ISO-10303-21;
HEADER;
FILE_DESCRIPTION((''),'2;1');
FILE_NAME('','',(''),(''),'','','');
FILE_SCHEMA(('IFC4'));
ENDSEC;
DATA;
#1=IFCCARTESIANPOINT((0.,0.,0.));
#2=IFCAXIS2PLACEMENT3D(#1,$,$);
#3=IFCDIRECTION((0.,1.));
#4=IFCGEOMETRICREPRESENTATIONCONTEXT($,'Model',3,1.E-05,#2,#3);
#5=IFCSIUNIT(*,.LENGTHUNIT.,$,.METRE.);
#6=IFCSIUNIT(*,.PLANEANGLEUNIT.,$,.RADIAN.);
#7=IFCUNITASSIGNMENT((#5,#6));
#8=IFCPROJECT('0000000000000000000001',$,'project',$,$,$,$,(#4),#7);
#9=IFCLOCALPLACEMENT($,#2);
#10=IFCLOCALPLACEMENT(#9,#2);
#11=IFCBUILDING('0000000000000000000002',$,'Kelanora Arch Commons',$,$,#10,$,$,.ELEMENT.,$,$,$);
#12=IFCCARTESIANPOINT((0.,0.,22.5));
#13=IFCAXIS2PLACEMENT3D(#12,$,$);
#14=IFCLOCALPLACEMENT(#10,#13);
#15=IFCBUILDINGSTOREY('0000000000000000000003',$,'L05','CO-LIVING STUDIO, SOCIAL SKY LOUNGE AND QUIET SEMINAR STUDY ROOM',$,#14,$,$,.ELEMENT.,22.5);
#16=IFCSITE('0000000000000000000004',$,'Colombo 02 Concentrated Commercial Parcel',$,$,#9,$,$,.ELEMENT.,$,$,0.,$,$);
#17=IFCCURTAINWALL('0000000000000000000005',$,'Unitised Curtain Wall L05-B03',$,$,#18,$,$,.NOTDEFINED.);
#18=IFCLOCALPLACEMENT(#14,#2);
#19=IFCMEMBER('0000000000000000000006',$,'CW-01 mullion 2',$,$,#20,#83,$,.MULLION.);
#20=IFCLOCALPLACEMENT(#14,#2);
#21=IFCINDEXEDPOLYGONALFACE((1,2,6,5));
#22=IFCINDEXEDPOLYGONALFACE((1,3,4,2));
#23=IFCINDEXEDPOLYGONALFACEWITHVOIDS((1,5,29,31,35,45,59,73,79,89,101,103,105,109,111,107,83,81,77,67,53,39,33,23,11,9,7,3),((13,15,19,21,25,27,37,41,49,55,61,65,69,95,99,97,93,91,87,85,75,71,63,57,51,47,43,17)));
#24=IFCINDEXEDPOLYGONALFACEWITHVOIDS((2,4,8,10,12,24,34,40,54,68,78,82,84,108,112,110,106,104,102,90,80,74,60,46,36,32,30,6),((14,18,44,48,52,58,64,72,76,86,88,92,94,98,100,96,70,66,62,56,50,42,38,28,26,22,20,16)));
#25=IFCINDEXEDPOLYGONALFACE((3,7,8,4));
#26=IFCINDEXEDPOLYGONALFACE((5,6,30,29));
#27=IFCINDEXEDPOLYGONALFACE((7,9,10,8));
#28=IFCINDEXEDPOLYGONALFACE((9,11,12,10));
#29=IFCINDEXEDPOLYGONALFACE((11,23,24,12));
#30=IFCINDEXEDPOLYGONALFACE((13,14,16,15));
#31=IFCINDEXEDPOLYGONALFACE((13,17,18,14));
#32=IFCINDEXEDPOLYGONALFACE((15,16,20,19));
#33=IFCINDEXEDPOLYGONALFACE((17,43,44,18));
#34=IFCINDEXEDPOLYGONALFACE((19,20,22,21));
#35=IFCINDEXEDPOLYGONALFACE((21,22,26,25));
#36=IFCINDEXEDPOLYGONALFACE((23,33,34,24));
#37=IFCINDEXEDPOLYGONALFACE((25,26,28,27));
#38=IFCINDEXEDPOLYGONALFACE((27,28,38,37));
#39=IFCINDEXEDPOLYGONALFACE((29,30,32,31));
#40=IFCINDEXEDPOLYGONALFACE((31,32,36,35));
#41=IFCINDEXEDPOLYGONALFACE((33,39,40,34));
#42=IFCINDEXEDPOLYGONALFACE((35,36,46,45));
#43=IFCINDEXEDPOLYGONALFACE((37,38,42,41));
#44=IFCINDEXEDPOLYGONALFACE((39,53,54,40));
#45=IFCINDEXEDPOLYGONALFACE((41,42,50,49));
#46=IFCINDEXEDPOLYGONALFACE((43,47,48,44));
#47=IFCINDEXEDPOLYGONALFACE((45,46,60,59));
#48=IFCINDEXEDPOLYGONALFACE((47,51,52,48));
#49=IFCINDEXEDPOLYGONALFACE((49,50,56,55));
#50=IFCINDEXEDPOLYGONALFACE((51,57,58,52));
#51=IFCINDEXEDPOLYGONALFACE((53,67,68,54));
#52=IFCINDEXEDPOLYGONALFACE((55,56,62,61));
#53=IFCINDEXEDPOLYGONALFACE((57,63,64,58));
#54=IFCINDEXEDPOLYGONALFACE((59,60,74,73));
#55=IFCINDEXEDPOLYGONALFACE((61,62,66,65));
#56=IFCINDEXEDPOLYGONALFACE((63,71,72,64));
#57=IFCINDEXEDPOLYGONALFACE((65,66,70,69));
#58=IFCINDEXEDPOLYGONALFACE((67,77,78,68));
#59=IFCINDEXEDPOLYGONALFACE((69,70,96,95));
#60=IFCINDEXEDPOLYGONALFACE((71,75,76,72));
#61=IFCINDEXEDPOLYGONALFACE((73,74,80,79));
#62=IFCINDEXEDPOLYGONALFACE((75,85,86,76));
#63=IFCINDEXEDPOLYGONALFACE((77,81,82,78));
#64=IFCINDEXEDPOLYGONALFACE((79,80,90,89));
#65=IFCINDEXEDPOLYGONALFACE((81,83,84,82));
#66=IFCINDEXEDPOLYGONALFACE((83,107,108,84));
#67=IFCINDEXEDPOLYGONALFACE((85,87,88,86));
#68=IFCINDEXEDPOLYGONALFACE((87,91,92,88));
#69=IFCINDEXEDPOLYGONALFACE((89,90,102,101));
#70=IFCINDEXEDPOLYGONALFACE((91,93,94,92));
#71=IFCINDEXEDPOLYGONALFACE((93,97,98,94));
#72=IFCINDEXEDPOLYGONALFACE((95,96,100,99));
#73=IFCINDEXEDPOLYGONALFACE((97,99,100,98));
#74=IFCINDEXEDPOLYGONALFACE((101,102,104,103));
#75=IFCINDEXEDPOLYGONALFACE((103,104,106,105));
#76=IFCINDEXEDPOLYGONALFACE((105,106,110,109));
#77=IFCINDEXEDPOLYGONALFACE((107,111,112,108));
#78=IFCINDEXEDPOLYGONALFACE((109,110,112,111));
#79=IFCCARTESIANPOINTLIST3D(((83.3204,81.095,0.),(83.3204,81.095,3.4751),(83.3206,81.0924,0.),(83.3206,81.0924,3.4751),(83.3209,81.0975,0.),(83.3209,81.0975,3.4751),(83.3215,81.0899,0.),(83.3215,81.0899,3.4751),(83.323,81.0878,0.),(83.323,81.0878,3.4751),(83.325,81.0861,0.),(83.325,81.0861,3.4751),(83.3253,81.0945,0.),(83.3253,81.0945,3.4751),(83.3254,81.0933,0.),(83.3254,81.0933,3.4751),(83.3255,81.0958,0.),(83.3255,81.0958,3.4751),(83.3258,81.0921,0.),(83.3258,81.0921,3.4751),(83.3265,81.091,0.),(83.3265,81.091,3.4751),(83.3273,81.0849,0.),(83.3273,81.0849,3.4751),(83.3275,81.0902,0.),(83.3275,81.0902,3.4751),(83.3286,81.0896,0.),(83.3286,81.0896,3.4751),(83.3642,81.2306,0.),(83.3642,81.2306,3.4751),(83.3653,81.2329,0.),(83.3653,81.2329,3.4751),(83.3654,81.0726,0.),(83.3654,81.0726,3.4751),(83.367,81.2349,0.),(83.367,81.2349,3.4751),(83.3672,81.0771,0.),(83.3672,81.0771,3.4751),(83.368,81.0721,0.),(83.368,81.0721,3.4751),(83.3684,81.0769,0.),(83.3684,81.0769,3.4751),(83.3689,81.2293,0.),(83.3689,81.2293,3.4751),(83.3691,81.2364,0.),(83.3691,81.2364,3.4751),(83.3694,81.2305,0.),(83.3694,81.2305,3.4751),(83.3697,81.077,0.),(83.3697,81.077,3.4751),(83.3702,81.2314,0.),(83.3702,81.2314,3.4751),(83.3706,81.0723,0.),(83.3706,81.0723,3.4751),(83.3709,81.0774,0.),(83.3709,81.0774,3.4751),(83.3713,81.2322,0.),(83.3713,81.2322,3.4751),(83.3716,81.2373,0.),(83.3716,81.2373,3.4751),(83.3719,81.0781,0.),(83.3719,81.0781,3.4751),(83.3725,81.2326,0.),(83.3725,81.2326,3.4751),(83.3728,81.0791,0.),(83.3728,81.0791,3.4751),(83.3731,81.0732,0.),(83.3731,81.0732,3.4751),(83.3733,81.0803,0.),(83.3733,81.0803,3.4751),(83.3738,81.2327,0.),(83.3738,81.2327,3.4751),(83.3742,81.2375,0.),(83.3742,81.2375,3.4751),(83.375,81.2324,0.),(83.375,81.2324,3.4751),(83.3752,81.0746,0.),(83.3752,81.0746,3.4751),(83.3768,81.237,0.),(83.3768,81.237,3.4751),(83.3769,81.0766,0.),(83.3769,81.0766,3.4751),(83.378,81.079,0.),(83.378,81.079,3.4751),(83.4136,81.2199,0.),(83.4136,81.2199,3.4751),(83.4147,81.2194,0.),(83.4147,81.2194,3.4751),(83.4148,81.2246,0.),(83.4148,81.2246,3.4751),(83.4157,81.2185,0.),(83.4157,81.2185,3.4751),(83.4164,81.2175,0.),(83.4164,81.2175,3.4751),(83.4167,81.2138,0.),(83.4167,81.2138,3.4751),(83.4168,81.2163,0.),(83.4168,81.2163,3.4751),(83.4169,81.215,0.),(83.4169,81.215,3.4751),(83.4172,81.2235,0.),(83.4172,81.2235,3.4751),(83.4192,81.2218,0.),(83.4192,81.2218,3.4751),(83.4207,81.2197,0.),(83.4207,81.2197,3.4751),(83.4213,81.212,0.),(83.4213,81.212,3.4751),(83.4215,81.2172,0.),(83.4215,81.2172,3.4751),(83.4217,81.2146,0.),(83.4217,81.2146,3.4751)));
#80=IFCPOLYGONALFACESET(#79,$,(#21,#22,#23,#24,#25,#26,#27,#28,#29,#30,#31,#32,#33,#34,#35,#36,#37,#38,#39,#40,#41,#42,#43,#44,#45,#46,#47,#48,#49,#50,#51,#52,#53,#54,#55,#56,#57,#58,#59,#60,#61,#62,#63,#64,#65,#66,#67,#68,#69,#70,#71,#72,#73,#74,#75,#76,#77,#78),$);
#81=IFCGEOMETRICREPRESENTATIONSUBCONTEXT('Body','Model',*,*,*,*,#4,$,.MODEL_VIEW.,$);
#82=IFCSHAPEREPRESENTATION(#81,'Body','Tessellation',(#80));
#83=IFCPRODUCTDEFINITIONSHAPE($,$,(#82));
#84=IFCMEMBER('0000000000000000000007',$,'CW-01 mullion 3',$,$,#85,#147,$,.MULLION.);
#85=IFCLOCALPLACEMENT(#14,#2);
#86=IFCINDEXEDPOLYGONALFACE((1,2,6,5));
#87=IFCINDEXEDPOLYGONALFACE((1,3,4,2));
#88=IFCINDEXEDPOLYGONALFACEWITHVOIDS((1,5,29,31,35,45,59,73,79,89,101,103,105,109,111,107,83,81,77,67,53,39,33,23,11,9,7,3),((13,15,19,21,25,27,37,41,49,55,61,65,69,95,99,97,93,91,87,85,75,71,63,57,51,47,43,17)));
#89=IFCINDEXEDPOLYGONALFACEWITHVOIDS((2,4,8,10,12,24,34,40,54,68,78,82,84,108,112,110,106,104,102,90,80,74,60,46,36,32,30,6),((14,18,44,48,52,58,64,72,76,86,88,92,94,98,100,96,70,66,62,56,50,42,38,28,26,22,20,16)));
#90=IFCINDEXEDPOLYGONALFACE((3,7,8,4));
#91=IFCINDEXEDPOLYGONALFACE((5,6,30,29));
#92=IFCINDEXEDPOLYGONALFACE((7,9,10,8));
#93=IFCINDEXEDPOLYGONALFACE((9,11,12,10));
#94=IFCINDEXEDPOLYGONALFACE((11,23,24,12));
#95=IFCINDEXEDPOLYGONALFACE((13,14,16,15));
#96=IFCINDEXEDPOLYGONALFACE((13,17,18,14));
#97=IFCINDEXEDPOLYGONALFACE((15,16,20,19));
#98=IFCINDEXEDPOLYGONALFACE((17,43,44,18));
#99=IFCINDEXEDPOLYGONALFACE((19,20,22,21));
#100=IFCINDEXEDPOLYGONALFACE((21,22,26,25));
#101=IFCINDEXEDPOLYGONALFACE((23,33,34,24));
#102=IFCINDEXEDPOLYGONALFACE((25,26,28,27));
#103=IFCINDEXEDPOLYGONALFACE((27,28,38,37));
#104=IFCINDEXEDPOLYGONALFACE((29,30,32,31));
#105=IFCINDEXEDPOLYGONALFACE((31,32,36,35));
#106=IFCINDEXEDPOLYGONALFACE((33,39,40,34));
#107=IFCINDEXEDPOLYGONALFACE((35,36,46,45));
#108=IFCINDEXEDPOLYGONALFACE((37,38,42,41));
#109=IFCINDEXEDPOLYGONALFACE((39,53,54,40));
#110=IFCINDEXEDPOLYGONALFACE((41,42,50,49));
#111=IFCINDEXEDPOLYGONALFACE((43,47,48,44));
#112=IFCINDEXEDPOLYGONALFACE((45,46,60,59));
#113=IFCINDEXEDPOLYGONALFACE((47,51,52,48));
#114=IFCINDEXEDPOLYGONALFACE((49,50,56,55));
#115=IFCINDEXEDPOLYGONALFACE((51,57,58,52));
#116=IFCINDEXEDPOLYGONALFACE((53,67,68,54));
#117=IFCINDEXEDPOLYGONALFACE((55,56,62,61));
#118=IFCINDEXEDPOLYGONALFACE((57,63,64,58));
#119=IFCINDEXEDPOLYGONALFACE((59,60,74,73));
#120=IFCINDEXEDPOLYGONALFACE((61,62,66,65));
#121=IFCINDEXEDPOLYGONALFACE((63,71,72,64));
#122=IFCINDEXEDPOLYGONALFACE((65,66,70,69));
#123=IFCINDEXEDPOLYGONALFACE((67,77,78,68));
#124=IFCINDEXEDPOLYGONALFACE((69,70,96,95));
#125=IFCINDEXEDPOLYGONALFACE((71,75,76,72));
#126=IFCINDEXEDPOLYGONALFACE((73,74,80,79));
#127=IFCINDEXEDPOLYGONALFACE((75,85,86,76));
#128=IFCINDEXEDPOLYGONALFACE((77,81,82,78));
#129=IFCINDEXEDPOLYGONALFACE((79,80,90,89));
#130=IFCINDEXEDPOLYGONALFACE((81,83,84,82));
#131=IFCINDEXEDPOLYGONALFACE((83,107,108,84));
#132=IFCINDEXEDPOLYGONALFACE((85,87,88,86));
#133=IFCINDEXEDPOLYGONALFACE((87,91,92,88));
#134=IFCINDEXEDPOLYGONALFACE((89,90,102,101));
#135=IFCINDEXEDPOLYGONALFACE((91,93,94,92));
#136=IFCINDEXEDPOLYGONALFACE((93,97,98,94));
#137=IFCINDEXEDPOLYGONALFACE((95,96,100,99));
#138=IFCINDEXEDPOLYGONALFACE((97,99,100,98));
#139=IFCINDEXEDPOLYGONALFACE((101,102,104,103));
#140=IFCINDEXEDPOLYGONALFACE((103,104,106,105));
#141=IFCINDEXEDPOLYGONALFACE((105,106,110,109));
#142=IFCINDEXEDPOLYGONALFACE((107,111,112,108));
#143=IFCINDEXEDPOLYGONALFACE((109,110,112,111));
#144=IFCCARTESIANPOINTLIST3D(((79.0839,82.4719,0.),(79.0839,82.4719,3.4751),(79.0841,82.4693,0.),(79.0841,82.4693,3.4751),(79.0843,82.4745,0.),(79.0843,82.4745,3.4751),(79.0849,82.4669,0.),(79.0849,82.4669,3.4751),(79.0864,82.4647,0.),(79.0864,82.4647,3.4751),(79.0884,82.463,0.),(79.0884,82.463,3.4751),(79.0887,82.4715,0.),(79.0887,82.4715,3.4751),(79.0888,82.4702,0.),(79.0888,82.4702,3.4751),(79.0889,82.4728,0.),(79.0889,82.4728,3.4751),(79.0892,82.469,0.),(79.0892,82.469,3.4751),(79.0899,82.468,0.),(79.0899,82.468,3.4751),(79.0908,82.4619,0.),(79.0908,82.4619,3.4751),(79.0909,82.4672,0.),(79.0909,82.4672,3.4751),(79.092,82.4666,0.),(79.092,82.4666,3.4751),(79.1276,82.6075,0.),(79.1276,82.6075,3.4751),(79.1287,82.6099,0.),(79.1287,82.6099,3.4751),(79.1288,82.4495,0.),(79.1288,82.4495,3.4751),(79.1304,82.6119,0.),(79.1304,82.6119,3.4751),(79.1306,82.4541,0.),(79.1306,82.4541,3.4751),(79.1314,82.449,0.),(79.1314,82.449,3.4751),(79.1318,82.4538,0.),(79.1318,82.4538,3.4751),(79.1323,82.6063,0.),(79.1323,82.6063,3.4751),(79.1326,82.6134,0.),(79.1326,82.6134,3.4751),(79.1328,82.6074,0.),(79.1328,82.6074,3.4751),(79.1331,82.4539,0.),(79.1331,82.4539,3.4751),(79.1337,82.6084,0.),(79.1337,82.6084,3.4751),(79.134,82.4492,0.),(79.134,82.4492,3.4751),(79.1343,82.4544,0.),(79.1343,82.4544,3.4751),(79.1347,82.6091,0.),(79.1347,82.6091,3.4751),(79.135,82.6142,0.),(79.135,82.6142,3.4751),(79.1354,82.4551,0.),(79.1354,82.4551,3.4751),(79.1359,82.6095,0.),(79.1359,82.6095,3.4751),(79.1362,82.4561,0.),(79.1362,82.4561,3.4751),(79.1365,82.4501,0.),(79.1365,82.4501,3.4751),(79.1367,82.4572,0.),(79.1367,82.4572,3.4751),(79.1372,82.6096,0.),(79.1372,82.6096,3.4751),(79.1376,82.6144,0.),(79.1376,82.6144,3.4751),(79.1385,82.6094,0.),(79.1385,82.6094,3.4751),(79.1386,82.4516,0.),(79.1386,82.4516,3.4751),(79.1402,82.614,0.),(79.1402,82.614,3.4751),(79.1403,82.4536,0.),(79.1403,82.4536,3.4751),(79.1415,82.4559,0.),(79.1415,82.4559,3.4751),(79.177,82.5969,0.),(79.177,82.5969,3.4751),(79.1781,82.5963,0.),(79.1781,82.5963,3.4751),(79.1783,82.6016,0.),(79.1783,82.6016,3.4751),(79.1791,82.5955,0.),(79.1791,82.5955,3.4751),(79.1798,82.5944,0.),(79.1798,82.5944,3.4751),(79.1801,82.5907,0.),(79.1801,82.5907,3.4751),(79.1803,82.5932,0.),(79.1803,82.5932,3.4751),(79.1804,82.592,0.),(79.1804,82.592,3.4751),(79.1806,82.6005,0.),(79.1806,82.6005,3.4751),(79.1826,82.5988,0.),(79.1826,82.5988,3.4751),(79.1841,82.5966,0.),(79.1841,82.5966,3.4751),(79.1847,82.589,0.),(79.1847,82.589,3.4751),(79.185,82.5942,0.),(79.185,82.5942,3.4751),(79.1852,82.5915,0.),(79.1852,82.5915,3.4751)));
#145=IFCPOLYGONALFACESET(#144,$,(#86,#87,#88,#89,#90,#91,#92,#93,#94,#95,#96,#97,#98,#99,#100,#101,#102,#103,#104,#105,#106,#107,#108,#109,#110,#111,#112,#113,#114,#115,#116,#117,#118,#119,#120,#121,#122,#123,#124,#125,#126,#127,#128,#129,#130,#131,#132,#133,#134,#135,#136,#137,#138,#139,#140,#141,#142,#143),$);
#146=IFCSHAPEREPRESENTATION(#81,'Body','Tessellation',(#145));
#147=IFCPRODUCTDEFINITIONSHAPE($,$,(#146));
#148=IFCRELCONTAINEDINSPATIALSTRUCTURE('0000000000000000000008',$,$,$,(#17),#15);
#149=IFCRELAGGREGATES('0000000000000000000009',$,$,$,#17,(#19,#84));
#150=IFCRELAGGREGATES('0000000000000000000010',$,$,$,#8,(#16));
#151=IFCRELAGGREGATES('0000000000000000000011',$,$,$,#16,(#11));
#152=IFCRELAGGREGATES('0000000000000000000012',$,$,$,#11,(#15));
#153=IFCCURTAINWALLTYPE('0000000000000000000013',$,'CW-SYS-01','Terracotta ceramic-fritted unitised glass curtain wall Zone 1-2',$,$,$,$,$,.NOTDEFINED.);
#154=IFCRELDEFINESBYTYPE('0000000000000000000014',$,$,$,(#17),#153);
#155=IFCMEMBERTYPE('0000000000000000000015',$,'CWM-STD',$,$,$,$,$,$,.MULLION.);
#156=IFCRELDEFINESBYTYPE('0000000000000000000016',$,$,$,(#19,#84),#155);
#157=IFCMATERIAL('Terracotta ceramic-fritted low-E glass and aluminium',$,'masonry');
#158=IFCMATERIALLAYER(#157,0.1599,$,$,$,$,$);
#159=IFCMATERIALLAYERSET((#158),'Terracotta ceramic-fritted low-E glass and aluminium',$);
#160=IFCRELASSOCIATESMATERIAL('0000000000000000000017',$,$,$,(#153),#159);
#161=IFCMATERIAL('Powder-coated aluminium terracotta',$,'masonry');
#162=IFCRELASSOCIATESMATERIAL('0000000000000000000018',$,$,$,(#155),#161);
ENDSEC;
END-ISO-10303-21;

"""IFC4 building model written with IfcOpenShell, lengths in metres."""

from ifc_helpers import new_model, si_unit, direction, frame, origin, origin_2d, place, context, subcontext, project, spatial, hollow_rectangle, extrude, material, layer, layer_set, material_profile, profile_set, type_object, element, aggregate, save


model = new_model("IFC4")

# Units and contexts
model_context = context("Model", 3, precision=1e-05, world=origin(), true_north=direction((0.0, 1.0)))
body_context = subcontext(model_context, "Body", "Model", "MODEL_VIEW")
ifc_project = project(units=[si_unit("LENGTHUNIT", "METRE"), si_unit("PLANEANGLEUNIT", "RADIAN")], contexts=[model_context])

# Site, building, storey
site_placement = place(None, origin())
site = spatial("IfcSite", under=ifc_project, at=site_placement, Name="Colombo 02 Concentrated Commercial Parcel", CompositionType="ELEMENT", RefElevation=0.0)
building_placement = place(site_placement, origin())
building = spatial("IfcBuilding", under=site, at=building_placement, Name="Kelanora Arch Commons", CompositionType="ELEMENT")
storey_placement = place(building_placement, frame((0.0, 0.0, 22.5)))
storey = spatial("IfcBuildingStorey", under=building, at=storey_placement, Name="L05", Description="CO-LIVING STUDIO, SOCIAL SKY LOUNGE AND QUIET SEMINAR STUDY ROOM", CompositionType="ELEMENT", Elevation=22.5)

# Curtain wall, members
ifc_material_1 = material(Name="Terracotta ceramic-fritted low-E glass and aluminium", Category="masonry")
ifc_layer_1 = layer(ifc_material_1, 0.1599)
ifc_layer_set_1 = layer_set([ifc_layer_1], Name="Terracotta ceramic-fritted low-E glass and aluminium")
curtain_wall_type = type_object("IfcCurtainWallType", Name="CW-SYS-01", Description="Terracotta ceramic-fritted unitised glass curtain wall Zone 1-2", PredefinedType="NOTDEFINED", material=ifc_layer_set_1)
curtain_wall_placement = place(storey_placement, origin())
curtain_wall = element("IfcCurtainWall", 1, at=curtain_wall_placement, inside=storey, type_object=curtain_wall_type, Name="Unitised Curtain Wall L05-B03", PredefinedType="NOTDEFINED")
ifc_material_2 = material(Name="Powder-coated aluminium terracotta", Category="masonry")
ifc_material_profile_1 = material_profile(ifc_material_2, hollow_rectangle(XDim=0.1599, YDim=0.0601, WallThickness=0.0049, InnerFilletRadius=0.0049, OuterFilletRadius=0.01, at=origin_2d()), Name="CWM160x60")
ifc_profile_set_1 = profile_set([ifc_material_profile_1], Name="Powder-coated aluminium terracotta")
member_type_1 = type_object("IfcMemberType", Name="CWM-STD", PredefinedType="MULLION", material=ifc_profile_set_1)
member_1_placement = place(storey_placement, frame((83.3711, 81.1548, 0.0), z_axis=(0.0, 0.0, 1.0), x_axis=(-0.309058, -0.951043, 0.0)))
member_1 = element("IfcMember", 2, at=member_1_placement, type_object=member_type_1, Name="CW-01 mullion 2", PredefinedType="MULLION", context=body_context, shape_type="SweptSolid", body=[
    extrude(hollow_rectangle(XDim=0.1599, YDim=0.0601, WallThickness=0.0049, InnerFilletRadius=0.0049, OuterFilletRadius=0.01, at=origin_2d()), origin(), (0.0, 0.0, 1.0), 3.4751),
])
member_2_placement = place(storey_placement, frame((79.1345, 82.5317, 0.0), z_axis=(0.0, 0.0, 1.0), x_axis=(-0.309058, -0.951043, 0.0)))
member_2 = element("IfcMember", 3, at=member_2_placement, type_object=member_type_1, Name="CW-01 mullion 3", PredefinedType="MULLION", context=body_context, shape_type="SweptSolid", body=[
    extrude(hollow_rectangle(XDim=0.1599, YDim=0.0601, WallThickness=0.0049, InnerFilletRadius=0.0049, OuterFilletRadius=0.01, at=origin_2d()), origin(), (0.0, 0.0, 1.0), 3.4751),
])
aggregate(curtain_wall, [member_1, member_2])

save(model, "model.ifc")
